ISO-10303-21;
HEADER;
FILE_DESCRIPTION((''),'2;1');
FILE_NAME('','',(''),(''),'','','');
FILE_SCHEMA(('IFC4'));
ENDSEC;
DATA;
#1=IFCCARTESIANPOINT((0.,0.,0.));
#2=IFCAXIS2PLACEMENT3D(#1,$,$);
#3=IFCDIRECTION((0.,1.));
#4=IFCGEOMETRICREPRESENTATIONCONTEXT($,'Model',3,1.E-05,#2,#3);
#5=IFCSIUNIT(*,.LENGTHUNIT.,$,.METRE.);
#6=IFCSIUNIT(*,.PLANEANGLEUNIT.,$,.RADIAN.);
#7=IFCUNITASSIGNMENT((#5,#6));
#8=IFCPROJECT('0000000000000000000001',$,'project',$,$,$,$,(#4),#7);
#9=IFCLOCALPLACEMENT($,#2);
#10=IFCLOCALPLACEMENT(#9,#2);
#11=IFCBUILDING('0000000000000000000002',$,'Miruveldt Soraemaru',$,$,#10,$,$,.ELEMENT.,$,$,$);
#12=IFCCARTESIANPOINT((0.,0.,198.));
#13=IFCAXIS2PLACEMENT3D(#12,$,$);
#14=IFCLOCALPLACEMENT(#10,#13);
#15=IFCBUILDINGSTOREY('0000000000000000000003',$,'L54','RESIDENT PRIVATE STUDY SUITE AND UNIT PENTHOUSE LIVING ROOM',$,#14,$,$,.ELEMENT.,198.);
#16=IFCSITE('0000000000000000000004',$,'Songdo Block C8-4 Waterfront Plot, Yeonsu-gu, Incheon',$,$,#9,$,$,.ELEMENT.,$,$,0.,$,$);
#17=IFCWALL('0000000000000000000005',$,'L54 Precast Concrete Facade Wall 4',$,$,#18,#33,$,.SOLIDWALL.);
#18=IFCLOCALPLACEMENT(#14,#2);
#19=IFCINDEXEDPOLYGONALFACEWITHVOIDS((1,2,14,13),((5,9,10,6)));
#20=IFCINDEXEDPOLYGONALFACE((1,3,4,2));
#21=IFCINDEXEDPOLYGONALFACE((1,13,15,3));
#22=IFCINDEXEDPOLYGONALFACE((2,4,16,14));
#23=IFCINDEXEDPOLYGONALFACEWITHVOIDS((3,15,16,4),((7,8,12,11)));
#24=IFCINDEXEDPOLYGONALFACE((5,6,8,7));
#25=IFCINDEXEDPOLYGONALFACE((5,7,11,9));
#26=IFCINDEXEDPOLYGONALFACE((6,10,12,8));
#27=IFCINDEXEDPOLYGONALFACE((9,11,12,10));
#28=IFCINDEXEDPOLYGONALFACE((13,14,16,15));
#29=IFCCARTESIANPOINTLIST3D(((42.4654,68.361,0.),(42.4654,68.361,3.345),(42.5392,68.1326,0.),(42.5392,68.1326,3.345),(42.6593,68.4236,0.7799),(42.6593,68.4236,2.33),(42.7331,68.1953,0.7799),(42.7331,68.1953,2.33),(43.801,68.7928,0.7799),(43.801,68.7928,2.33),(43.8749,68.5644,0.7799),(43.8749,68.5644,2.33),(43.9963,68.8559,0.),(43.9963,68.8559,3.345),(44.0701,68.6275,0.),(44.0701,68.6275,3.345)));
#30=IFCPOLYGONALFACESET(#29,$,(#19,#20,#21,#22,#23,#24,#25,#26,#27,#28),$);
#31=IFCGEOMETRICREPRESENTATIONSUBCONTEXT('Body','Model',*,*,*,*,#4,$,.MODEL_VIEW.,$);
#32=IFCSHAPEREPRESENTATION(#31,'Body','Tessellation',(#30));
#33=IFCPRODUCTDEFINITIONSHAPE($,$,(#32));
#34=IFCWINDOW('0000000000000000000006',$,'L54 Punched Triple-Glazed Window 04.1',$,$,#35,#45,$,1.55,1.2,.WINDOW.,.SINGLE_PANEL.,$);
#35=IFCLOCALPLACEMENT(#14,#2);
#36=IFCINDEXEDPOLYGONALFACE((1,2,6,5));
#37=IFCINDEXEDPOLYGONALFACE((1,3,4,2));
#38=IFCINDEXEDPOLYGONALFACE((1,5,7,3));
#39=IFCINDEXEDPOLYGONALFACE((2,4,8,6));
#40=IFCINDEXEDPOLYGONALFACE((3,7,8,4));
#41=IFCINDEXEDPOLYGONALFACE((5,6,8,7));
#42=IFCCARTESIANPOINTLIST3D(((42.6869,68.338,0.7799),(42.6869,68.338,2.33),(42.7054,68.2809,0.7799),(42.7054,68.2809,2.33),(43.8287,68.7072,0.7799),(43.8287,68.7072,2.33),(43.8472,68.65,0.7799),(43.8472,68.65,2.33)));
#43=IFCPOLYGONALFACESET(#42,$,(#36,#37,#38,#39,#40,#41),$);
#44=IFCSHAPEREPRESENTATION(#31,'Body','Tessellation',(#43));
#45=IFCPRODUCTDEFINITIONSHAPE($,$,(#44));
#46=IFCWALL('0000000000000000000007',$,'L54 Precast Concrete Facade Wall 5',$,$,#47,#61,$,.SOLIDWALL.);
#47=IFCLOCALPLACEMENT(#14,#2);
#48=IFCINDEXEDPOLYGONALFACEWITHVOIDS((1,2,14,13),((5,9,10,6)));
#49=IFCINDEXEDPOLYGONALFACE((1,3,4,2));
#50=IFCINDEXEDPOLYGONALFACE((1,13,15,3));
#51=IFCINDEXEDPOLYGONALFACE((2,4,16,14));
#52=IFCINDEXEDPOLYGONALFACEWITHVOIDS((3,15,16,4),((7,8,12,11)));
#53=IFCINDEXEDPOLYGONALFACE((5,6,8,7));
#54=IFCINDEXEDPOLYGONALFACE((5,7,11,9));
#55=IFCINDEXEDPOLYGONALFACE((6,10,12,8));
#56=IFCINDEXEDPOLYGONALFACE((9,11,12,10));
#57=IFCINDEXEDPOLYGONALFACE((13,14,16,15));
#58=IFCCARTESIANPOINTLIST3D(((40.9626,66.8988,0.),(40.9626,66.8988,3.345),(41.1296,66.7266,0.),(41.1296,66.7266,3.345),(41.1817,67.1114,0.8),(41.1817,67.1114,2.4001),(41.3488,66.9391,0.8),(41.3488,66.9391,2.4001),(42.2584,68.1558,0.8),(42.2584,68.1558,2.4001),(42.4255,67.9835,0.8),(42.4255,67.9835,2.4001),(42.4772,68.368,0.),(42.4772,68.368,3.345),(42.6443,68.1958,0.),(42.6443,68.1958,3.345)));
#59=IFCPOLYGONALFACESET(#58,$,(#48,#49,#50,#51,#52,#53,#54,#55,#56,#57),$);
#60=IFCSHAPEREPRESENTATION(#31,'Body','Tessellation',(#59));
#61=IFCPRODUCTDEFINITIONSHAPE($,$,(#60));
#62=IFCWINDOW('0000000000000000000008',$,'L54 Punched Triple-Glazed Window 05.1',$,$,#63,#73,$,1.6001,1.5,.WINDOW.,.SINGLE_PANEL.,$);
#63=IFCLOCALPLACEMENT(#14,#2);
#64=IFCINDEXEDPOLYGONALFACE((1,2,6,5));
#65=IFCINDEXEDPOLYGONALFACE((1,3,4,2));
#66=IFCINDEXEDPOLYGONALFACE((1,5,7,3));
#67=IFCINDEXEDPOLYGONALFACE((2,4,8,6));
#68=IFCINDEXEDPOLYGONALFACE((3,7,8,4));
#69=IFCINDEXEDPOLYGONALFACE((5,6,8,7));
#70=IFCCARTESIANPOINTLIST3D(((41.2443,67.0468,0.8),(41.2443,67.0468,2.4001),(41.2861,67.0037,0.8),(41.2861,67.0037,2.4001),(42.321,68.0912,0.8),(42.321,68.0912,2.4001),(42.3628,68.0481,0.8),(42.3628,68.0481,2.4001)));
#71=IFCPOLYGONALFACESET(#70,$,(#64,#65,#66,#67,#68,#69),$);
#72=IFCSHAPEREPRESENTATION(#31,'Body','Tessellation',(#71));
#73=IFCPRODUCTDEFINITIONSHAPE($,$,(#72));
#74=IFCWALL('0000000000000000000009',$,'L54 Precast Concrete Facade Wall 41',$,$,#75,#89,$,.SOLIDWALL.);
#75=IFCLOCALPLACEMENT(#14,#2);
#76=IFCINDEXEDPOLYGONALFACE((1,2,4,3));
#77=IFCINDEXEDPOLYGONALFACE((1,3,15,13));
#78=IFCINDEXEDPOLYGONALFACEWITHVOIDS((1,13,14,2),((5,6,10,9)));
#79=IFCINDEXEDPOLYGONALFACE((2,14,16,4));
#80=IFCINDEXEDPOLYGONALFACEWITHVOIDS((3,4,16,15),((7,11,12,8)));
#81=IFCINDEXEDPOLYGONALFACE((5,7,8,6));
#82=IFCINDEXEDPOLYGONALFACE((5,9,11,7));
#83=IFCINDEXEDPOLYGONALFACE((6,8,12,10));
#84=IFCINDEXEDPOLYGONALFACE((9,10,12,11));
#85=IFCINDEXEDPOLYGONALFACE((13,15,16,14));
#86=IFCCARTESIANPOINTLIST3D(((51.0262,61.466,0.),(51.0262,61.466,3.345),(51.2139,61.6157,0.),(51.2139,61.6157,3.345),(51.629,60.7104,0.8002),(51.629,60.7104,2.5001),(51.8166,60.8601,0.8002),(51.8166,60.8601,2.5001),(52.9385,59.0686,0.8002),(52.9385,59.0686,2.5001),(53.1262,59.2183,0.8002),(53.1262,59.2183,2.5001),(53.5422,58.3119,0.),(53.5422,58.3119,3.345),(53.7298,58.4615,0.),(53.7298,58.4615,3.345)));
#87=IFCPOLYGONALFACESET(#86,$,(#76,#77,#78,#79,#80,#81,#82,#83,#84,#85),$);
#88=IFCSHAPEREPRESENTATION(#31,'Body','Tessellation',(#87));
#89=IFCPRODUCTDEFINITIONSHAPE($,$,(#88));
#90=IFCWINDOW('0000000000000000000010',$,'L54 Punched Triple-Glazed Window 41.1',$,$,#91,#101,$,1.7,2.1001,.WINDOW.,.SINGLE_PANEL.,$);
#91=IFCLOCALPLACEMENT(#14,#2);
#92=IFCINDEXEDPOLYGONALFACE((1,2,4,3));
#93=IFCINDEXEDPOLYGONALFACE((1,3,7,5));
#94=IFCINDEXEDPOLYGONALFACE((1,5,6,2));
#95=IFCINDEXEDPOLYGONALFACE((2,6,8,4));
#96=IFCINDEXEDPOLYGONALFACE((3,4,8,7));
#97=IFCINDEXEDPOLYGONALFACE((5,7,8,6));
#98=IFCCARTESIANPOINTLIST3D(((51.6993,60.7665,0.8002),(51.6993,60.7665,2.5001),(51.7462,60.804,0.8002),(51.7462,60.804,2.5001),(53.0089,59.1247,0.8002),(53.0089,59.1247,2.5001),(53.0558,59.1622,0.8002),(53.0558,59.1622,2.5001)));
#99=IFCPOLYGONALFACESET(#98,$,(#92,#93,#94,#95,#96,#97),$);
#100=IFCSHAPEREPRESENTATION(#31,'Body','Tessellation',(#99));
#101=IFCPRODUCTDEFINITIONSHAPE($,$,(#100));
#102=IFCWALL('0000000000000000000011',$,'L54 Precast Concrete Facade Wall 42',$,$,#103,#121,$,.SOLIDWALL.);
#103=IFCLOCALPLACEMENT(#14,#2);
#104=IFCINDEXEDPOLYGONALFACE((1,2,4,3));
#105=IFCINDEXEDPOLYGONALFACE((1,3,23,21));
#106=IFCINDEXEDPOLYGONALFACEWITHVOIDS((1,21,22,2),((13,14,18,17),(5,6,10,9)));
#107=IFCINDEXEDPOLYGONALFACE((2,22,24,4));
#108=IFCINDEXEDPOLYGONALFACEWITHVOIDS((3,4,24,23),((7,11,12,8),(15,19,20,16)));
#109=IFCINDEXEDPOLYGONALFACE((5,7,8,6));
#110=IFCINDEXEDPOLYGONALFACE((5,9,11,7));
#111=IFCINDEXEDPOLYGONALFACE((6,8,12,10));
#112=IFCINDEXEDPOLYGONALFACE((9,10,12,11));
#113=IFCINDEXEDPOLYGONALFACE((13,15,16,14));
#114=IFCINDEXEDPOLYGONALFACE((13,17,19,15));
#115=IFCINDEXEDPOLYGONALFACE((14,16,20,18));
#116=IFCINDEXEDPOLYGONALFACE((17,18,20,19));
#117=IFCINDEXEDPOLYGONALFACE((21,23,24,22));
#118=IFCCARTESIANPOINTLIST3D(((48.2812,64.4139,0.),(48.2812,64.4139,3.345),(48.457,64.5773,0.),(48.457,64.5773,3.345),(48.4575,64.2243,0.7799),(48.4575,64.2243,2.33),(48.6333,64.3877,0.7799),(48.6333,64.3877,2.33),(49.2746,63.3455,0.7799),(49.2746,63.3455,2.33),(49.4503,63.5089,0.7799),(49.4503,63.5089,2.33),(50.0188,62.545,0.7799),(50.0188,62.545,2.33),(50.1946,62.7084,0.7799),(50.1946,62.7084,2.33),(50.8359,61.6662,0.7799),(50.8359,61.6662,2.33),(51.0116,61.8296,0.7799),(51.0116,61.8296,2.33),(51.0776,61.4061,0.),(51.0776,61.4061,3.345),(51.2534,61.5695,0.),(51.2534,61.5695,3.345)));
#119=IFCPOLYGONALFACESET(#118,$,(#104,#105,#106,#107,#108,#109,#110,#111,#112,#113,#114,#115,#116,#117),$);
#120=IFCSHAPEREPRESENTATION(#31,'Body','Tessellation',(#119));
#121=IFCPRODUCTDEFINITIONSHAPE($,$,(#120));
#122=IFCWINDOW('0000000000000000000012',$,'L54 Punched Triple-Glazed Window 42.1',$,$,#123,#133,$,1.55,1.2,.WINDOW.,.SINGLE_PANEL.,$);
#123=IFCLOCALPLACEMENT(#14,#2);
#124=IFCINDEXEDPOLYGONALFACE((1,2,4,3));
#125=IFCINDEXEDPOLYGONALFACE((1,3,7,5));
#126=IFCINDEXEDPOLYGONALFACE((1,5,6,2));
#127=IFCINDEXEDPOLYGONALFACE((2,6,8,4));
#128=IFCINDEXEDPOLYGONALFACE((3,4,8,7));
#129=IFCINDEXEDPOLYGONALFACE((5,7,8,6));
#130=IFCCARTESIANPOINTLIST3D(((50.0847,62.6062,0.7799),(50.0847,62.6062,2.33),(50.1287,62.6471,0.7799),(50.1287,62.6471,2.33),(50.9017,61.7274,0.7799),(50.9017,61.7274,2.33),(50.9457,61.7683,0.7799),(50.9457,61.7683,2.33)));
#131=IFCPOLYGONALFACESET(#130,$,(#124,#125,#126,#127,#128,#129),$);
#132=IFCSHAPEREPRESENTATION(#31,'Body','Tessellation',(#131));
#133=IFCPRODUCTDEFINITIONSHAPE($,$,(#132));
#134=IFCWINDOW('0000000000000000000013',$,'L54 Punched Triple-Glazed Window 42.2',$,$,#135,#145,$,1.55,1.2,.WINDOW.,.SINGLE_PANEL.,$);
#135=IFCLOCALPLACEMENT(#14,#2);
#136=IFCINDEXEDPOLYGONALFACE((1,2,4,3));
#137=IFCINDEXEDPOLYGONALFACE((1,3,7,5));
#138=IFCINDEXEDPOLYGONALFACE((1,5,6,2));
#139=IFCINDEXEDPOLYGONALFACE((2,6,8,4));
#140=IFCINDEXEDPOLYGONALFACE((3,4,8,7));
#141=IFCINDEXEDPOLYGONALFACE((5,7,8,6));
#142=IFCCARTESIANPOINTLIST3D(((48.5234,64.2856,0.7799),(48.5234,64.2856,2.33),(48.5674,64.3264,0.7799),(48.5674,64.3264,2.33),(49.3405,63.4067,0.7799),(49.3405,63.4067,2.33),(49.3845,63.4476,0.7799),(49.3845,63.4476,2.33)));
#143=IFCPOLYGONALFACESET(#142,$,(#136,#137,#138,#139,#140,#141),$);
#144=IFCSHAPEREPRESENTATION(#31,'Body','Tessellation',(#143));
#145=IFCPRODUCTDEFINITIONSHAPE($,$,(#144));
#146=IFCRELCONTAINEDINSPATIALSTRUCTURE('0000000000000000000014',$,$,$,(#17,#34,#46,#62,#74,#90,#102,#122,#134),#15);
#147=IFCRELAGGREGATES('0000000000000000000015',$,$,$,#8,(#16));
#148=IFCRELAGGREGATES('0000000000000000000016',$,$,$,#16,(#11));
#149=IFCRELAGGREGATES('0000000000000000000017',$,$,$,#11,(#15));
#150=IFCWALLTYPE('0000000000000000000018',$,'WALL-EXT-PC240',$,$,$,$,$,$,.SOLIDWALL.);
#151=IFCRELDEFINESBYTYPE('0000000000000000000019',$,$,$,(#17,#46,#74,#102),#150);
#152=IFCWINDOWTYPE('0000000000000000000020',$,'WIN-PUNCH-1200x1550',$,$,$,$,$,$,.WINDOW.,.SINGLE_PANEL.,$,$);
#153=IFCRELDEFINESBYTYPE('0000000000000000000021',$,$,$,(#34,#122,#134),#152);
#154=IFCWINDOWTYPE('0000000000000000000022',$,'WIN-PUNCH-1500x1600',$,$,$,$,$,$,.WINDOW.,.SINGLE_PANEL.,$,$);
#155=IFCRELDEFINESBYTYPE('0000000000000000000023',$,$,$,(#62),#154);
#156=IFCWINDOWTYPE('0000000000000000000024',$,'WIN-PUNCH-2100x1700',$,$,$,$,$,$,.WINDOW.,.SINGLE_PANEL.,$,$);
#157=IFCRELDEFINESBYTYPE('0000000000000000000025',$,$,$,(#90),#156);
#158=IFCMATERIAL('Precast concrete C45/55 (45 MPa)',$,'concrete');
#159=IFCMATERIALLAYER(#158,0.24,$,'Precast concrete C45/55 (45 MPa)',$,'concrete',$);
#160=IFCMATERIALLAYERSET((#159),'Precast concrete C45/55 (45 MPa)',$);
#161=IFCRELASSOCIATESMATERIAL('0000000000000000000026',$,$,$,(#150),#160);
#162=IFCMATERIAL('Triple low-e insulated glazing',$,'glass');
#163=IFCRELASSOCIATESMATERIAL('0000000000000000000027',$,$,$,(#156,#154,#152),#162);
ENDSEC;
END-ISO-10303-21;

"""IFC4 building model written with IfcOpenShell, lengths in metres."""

from ifc_helpers import new_model, si_unit, direction, frame, frame_2d, origin, place, context, subcontext, project, spatial, rectangle, extrude, material, layer, layer_set, type_object, element, fill, save


model = new_model("IFC4")

# Units and contexts
model_context = context("Model", 3, precision=1e-05, world=origin(), true_north=direction((0.0, 1.0)))
body_context = subcontext(model_context, "Body", "Model", "MODEL_VIEW")
ifc_project = project(units=[si_unit("LENGTHUNIT", "METRE"), si_unit("PLANEANGLEUNIT", "RADIAN")], contexts=[model_context])

# Site, building, storey
site_placement = place(None, origin())
site = spatial("IfcSite", under=ifc_project, at=site_placement, Name="Songdo Block C8-4 Waterfront Plot, Yeonsu-gu, Incheon", CompositionType="ELEMENT", RefElevation=0.0)
building_placement = place(site_placement, origin())
building = spatial("IfcBuilding", under=site, at=building_placement, Name="Miruveldt Soraemaru", CompositionType="ELEMENT")
storey_placement = place(building_placement, frame((0.0, 0.0, 198.0)))
storey = spatial("IfcBuildingStorey", under=building, at=storey_placement, Name="L54", Description="RESIDENT PRIVATE STUDY SUITE AND UNIT PENTHOUSE LIVING ROOM", CompositionType="ELEMENT", Elevation=198.0)

# Walls, openings, windows
ifc_material_1 = material(Name="Precast concrete C45/55 (45 MPa)", Category="concrete")
ifc_layer_1 = layer(ifc_material_1, 0.24, Name="Precast concrete C45/55 (45 MPa)", Category="concrete")
ifc_layer_set_1 = layer_set([ifc_layer_1], Name="Precast concrete C45/55 (45 MPa)")
wall_type_1 = type_object("IfcWallType", Name="WALL-EXT-PC240", PredefinedType="SOLIDWALL", material=ifc_layer_set_1)
ifc_material_2 = material(Name="Triple low-e insulated glazing", Category="glass")
window_type_1 = type_object("IfcWindowType", Name="WIN-PUNCH-2100x1700", PartitioningType="SINGLE_PANEL", PredefinedType="WINDOW", material=ifc_material_2)
window_type_2 = type_object("IfcWindowType", Name="WIN-PUNCH-1500x1600", PartitioningType="SINGLE_PANEL", PredefinedType="WINDOW", material=ifc_material_2)
window_type_3 = type_object("IfcWindowType", Name="WIN-PUNCH-1200x1550", PartitioningType="SINGLE_PANEL", PredefinedType="WINDOW", material=ifc_material_2)
wall_1_placement = place(storey_placement, frame((44.0332, 68.7417, 0.0), z_axis=(0.0, 0.0, 1.0), x_axis=(-0.951512, -0.30761, 0.0)))
wall_1 = element("IfcWall", 1, at=wall_1_placement, inside=storey, type_object=wall_type_1, Name="L54 Precast Concrete Facade Wall 4", PredefinedType="SOLIDWALL", context=body_context, shape_type="SweptSolid", body=[
    extrude(rectangle(XDim=1.6089, YDim=0.24, at=frame_2d((0.8044, 0.0))), origin(), (0.0, 0.0, 1.0), 3.345),
])
opening_1_placement = place(wall_1_placement, frame((0.2051, 0.0, 0.78)))
opening_1 = element("IfcOpeningElement", 2, at=opening_1_placement, cuts=wall_1, PredefinedType="OPENING", context=body_context, shape_type="SweptSolid", body=[
    extrude(rectangle(XDim=1.2, YDim=1.55, at=frame_2d((0.6001, 0.7749))), frame((0.0, 0.1299, 0.0), z_axis=(0.0, -1.0, 0.0), x_axis=(1.0, 0.0, 0.0)), (0.0, 0.0, 1.0), 0.26),
])
window_1_placement = place(opening_1_placement, origin())
window_1 = element("IfcWindow", 3, at=window_1_placement, inside=storey, type_object=window_type_3, Name="L54 Punched Triple-Glazed Window 04.1", OverallHeight=1.55, OverallWidth=1.2, PartitioningType="SINGLE_PANEL", PredefinedType="WINDOW", context=body_context, shape_type="SweptSolid", body=[
    extrude(rectangle(XDim=1.2, YDim=1.55, at=frame_2d((0.6001, 0.7749))), frame((0.0, 0.03, 0.0), z_axis=(0.0, -1.0, 0.0), x_axis=(1.0, 0.0, 0.0)), (0.0, 0.0, 1.0), 0.0601),
])
fill(opening_1, window_1)
wall_2_placement = place(storey_placement, frame((42.5608, 68.282, 0.0), z_axis=(0.0, 0.0, 1.0), x_axis=(-0.717785, -0.696265, 0.0)))
wall_2 = element("IfcWall", 4, at=wall_2_placement, inside=storey, type_object=wall_type_1, Name="L54 Precast Concrete Facade Wall 5", PredefinedType="SOLIDWALL", context=body_context, shape_type="SweptSolid", body=[
    extrude(rectangle(XDim=2.1101, YDim=0.24, at=frame_2d((1.0552, 0.0))), origin(), (0.0, 0.0, 1.0), 3.345),
])
opening_2_placement = place(wall_2_placement, frame((0.3049, 0.0, 0.8)))
opening_2 = element("IfcOpeningElement", 5, at=opening_2_placement, cuts=wall_2, PredefinedType="OPENING", context=body_context, shape_type="SweptSolid", body=[
    extrude(rectangle(XDim=1.5, YDim=1.6001, at=frame_2d((0.75, 0.8))), frame((0.0, 0.1299, 0.0), z_axis=(0.0, -1.0, 0.0), x_axis=(1.0, 0.0, 0.0)), (0.0, 0.0, 1.0), 0.26),
])
window_2_placement = place(opening_2_placement, origin())
window_2 = element("IfcWindow", 6, at=window_2_placement, inside=storey, type_object=window_type_2, Name="L54 Punched Triple-Glazed Window 05.1", OverallHeight=1.6001, OverallWidth=1.5, PartitioningType="SINGLE_PANEL", PredefinedType="WINDOW", context=body_context, shape_type="SweptSolid", body=[
    extrude(rectangle(XDim=1.5, YDim=1.6001, at=frame_2d((0.75, 0.8))), frame((0.0, 0.03, 0.0), z_axis=(0.0, -1.0, 0.0), x_axis=(1.0, 0.0, 0.0)), (0.0, 0.0, 1.0), 0.0601),
])
fill(opening_2, window_2)
wall_3_placement = place(storey_placement, frame((53.636, 58.3867, 0.0), z_axis=(0.0, 0.0, 1.0), x_axis=(-0.62358, 0.781759, 0.0)))
wall_3 = element("IfcWall", 7, at=wall_3_placement, inside=storey, type_object=wall_type_1, Name="L54 Precast Concrete Facade Wall 41", PredefinedType="SOLIDWALL", context=body_context, shape_type="SweptSolid", body=[
    extrude(rectangle(XDim=4.0347, YDim=0.24, at=frame_2d((2.0173, 0.0))), origin(), (0.0, 0.0, 1.0), 3.345),
])
opening_3_placement = place(wall_3_placement, frame((0.968, 0.0, 0.8)))
opening_3 = element("IfcOpeningElement", 8, at=opening_3_placement, cuts=wall_3, PredefinedType="OPENING", context=body_context, shape_type="SweptSolid", body=[
    extrude(rectangle(XDim=2.1001, YDim=1.7, at=frame_2d((1.05, 0.8501))), frame((0.0, 0.1299, 0.0), z_axis=(0.0, -1.0, 0.0), x_axis=(1.0, 0.0, 0.0)), (0.0, 0.0, 1.0), 0.26),
])
window_3_placement = place(opening_3_placement, origin())
window_3 = element("IfcWindow", 9, at=window_3_placement, inside=storey, type_object=window_type_1, Name="L54 Punched Triple-Glazed Window 41.1", OverallHeight=1.7, OverallWidth=2.1001, PartitioningType="SINGLE_PANEL", PredefinedType="WINDOW", context=body_context, shape_type="SweptSolid", body=[
    extrude(rectangle(XDim=2.1001, YDim=1.7, at=frame_2d((1.05, 0.8501))), frame((0.0, 0.03, 0.0), z_axis=(0.0, -1.0, 0.0), x_axis=(1.0, 0.0, 0.0)), (0.0, 0.0, 1.0), 0.0601),
])
fill(opening_3, window_3)

# Wall, openings, windows
wall_4_placement = place(storey_placement, frame((51.1655, 61.4878, 0.0), z_axis=(0.0, 0.0, 1.0), x_axis=(-0.680898, 0.732378, 0.0)))
wall_4 = element("IfcWall", 10, at=wall_4_placement, inside=storey, type_object=wall_type_1, Name="L54 Precast Concrete Facade Wall 42", PredefinedType="SOLIDWALL", context=body_context, shape_type="SweptSolid", body=[
    extrude(rectangle(XDim=4.1069, YDim=0.24, at=frame_2d((2.0535, 0.0))), origin(), (0.0, 0.0, 1.0), 3.345),
])
opening_4_placement = place(wall_4_placement, frame((0.355, 0.0, 0.78)))
opening_4 = element("IfcOpeningElement", 11, at=opening_4_placement, cuts=wall_4, PredefinedType="OPENING", context=body_context, shape_type="SweptSolid", body=[
    extrude(rectangle(XDim=1.2, YDim=1.55, at=frame_2d((0.6001, 0.7749))), frame((0.0, 0.1299, 0.0), z_axis=(0.0, -1.0, 0.0), x_axis=(1.0, 0.0, 0.0)), (0.0, 0.0, 1.0), 0.26),
])
opening_5_placement = place(wall_4_placement, frame((2.6479, 0.0, 0.78)))
opening_5 = element("IfcOpeningElement", 12, at=opening_5_placement, cuts=wall_4, PredefinedType="OPENING", context=body_context, shape_type="SweptSolid", body=[
    extrude(rectangle(XDim=1.2, YDim=1.55, at=frame_2d((0.6001, 0.7749))), frame((0.0, 0.1299, 0.0), z_axis=(0.0, -1.0, 0.0), x_axis=(1.0, 0.0, 0.0)), (0.0, 0.0, 1.0), 0.26),
])
window_4_placement = place(opening_4_placement, origin())
window_4 = element("IfcWindow", 13, at=window_4_placement, inside=storey, type_object=window_type_3, Name="L54 Punched Triple-Glazed Window 42.1", OverallHeight=1.55, OverallWidth=1.2, PartitioningType="SINGLE_PANEL", PredefinedType="WINDOW", context=body_context, shape_type="SweptSolid", body=[
    extrude(rectangle(XDim=1.2, YDim=1.55, at=frame_2d((0.6001, 0.7749))), frame((0.0, 0.03, 0.0), z_axis=(0.0, -1.0, 0.0), x_axis=(1.0, 0.0, 0.0)), (0.0, 0.0, 1.0), 0.0601),
])
fill(opening_4, window_4)
window_5_placement = place(opening_5_placement, origin())
window_5 = element("IfcWindow", 14, at=window_5_placement, inside=storey, type_object=window_type_3, Name="L54 Punched Triple-Glazed Window 42.2", OverallHeight=1.55, OverallWidth=1.2, PartitioningType="SINGLE_PANEL", PredefinedType="WINDOW", context=body_context, shape_type="SweptSolid", body=[
    extrude(rectangle(XDim=1.2, YDim=1.55, at=frame_2d((0.6001, 0.7749))), frame((0.0, 0.03, 0.0), z_axis=(0.0, -1.0, 0.0), x_axis=(1.0, 0.0, 0.0)), (0.0, 0.0, 1.0), 0.0601),
])
fill(opening_5, window_5)

save(model, "model.ifc")
